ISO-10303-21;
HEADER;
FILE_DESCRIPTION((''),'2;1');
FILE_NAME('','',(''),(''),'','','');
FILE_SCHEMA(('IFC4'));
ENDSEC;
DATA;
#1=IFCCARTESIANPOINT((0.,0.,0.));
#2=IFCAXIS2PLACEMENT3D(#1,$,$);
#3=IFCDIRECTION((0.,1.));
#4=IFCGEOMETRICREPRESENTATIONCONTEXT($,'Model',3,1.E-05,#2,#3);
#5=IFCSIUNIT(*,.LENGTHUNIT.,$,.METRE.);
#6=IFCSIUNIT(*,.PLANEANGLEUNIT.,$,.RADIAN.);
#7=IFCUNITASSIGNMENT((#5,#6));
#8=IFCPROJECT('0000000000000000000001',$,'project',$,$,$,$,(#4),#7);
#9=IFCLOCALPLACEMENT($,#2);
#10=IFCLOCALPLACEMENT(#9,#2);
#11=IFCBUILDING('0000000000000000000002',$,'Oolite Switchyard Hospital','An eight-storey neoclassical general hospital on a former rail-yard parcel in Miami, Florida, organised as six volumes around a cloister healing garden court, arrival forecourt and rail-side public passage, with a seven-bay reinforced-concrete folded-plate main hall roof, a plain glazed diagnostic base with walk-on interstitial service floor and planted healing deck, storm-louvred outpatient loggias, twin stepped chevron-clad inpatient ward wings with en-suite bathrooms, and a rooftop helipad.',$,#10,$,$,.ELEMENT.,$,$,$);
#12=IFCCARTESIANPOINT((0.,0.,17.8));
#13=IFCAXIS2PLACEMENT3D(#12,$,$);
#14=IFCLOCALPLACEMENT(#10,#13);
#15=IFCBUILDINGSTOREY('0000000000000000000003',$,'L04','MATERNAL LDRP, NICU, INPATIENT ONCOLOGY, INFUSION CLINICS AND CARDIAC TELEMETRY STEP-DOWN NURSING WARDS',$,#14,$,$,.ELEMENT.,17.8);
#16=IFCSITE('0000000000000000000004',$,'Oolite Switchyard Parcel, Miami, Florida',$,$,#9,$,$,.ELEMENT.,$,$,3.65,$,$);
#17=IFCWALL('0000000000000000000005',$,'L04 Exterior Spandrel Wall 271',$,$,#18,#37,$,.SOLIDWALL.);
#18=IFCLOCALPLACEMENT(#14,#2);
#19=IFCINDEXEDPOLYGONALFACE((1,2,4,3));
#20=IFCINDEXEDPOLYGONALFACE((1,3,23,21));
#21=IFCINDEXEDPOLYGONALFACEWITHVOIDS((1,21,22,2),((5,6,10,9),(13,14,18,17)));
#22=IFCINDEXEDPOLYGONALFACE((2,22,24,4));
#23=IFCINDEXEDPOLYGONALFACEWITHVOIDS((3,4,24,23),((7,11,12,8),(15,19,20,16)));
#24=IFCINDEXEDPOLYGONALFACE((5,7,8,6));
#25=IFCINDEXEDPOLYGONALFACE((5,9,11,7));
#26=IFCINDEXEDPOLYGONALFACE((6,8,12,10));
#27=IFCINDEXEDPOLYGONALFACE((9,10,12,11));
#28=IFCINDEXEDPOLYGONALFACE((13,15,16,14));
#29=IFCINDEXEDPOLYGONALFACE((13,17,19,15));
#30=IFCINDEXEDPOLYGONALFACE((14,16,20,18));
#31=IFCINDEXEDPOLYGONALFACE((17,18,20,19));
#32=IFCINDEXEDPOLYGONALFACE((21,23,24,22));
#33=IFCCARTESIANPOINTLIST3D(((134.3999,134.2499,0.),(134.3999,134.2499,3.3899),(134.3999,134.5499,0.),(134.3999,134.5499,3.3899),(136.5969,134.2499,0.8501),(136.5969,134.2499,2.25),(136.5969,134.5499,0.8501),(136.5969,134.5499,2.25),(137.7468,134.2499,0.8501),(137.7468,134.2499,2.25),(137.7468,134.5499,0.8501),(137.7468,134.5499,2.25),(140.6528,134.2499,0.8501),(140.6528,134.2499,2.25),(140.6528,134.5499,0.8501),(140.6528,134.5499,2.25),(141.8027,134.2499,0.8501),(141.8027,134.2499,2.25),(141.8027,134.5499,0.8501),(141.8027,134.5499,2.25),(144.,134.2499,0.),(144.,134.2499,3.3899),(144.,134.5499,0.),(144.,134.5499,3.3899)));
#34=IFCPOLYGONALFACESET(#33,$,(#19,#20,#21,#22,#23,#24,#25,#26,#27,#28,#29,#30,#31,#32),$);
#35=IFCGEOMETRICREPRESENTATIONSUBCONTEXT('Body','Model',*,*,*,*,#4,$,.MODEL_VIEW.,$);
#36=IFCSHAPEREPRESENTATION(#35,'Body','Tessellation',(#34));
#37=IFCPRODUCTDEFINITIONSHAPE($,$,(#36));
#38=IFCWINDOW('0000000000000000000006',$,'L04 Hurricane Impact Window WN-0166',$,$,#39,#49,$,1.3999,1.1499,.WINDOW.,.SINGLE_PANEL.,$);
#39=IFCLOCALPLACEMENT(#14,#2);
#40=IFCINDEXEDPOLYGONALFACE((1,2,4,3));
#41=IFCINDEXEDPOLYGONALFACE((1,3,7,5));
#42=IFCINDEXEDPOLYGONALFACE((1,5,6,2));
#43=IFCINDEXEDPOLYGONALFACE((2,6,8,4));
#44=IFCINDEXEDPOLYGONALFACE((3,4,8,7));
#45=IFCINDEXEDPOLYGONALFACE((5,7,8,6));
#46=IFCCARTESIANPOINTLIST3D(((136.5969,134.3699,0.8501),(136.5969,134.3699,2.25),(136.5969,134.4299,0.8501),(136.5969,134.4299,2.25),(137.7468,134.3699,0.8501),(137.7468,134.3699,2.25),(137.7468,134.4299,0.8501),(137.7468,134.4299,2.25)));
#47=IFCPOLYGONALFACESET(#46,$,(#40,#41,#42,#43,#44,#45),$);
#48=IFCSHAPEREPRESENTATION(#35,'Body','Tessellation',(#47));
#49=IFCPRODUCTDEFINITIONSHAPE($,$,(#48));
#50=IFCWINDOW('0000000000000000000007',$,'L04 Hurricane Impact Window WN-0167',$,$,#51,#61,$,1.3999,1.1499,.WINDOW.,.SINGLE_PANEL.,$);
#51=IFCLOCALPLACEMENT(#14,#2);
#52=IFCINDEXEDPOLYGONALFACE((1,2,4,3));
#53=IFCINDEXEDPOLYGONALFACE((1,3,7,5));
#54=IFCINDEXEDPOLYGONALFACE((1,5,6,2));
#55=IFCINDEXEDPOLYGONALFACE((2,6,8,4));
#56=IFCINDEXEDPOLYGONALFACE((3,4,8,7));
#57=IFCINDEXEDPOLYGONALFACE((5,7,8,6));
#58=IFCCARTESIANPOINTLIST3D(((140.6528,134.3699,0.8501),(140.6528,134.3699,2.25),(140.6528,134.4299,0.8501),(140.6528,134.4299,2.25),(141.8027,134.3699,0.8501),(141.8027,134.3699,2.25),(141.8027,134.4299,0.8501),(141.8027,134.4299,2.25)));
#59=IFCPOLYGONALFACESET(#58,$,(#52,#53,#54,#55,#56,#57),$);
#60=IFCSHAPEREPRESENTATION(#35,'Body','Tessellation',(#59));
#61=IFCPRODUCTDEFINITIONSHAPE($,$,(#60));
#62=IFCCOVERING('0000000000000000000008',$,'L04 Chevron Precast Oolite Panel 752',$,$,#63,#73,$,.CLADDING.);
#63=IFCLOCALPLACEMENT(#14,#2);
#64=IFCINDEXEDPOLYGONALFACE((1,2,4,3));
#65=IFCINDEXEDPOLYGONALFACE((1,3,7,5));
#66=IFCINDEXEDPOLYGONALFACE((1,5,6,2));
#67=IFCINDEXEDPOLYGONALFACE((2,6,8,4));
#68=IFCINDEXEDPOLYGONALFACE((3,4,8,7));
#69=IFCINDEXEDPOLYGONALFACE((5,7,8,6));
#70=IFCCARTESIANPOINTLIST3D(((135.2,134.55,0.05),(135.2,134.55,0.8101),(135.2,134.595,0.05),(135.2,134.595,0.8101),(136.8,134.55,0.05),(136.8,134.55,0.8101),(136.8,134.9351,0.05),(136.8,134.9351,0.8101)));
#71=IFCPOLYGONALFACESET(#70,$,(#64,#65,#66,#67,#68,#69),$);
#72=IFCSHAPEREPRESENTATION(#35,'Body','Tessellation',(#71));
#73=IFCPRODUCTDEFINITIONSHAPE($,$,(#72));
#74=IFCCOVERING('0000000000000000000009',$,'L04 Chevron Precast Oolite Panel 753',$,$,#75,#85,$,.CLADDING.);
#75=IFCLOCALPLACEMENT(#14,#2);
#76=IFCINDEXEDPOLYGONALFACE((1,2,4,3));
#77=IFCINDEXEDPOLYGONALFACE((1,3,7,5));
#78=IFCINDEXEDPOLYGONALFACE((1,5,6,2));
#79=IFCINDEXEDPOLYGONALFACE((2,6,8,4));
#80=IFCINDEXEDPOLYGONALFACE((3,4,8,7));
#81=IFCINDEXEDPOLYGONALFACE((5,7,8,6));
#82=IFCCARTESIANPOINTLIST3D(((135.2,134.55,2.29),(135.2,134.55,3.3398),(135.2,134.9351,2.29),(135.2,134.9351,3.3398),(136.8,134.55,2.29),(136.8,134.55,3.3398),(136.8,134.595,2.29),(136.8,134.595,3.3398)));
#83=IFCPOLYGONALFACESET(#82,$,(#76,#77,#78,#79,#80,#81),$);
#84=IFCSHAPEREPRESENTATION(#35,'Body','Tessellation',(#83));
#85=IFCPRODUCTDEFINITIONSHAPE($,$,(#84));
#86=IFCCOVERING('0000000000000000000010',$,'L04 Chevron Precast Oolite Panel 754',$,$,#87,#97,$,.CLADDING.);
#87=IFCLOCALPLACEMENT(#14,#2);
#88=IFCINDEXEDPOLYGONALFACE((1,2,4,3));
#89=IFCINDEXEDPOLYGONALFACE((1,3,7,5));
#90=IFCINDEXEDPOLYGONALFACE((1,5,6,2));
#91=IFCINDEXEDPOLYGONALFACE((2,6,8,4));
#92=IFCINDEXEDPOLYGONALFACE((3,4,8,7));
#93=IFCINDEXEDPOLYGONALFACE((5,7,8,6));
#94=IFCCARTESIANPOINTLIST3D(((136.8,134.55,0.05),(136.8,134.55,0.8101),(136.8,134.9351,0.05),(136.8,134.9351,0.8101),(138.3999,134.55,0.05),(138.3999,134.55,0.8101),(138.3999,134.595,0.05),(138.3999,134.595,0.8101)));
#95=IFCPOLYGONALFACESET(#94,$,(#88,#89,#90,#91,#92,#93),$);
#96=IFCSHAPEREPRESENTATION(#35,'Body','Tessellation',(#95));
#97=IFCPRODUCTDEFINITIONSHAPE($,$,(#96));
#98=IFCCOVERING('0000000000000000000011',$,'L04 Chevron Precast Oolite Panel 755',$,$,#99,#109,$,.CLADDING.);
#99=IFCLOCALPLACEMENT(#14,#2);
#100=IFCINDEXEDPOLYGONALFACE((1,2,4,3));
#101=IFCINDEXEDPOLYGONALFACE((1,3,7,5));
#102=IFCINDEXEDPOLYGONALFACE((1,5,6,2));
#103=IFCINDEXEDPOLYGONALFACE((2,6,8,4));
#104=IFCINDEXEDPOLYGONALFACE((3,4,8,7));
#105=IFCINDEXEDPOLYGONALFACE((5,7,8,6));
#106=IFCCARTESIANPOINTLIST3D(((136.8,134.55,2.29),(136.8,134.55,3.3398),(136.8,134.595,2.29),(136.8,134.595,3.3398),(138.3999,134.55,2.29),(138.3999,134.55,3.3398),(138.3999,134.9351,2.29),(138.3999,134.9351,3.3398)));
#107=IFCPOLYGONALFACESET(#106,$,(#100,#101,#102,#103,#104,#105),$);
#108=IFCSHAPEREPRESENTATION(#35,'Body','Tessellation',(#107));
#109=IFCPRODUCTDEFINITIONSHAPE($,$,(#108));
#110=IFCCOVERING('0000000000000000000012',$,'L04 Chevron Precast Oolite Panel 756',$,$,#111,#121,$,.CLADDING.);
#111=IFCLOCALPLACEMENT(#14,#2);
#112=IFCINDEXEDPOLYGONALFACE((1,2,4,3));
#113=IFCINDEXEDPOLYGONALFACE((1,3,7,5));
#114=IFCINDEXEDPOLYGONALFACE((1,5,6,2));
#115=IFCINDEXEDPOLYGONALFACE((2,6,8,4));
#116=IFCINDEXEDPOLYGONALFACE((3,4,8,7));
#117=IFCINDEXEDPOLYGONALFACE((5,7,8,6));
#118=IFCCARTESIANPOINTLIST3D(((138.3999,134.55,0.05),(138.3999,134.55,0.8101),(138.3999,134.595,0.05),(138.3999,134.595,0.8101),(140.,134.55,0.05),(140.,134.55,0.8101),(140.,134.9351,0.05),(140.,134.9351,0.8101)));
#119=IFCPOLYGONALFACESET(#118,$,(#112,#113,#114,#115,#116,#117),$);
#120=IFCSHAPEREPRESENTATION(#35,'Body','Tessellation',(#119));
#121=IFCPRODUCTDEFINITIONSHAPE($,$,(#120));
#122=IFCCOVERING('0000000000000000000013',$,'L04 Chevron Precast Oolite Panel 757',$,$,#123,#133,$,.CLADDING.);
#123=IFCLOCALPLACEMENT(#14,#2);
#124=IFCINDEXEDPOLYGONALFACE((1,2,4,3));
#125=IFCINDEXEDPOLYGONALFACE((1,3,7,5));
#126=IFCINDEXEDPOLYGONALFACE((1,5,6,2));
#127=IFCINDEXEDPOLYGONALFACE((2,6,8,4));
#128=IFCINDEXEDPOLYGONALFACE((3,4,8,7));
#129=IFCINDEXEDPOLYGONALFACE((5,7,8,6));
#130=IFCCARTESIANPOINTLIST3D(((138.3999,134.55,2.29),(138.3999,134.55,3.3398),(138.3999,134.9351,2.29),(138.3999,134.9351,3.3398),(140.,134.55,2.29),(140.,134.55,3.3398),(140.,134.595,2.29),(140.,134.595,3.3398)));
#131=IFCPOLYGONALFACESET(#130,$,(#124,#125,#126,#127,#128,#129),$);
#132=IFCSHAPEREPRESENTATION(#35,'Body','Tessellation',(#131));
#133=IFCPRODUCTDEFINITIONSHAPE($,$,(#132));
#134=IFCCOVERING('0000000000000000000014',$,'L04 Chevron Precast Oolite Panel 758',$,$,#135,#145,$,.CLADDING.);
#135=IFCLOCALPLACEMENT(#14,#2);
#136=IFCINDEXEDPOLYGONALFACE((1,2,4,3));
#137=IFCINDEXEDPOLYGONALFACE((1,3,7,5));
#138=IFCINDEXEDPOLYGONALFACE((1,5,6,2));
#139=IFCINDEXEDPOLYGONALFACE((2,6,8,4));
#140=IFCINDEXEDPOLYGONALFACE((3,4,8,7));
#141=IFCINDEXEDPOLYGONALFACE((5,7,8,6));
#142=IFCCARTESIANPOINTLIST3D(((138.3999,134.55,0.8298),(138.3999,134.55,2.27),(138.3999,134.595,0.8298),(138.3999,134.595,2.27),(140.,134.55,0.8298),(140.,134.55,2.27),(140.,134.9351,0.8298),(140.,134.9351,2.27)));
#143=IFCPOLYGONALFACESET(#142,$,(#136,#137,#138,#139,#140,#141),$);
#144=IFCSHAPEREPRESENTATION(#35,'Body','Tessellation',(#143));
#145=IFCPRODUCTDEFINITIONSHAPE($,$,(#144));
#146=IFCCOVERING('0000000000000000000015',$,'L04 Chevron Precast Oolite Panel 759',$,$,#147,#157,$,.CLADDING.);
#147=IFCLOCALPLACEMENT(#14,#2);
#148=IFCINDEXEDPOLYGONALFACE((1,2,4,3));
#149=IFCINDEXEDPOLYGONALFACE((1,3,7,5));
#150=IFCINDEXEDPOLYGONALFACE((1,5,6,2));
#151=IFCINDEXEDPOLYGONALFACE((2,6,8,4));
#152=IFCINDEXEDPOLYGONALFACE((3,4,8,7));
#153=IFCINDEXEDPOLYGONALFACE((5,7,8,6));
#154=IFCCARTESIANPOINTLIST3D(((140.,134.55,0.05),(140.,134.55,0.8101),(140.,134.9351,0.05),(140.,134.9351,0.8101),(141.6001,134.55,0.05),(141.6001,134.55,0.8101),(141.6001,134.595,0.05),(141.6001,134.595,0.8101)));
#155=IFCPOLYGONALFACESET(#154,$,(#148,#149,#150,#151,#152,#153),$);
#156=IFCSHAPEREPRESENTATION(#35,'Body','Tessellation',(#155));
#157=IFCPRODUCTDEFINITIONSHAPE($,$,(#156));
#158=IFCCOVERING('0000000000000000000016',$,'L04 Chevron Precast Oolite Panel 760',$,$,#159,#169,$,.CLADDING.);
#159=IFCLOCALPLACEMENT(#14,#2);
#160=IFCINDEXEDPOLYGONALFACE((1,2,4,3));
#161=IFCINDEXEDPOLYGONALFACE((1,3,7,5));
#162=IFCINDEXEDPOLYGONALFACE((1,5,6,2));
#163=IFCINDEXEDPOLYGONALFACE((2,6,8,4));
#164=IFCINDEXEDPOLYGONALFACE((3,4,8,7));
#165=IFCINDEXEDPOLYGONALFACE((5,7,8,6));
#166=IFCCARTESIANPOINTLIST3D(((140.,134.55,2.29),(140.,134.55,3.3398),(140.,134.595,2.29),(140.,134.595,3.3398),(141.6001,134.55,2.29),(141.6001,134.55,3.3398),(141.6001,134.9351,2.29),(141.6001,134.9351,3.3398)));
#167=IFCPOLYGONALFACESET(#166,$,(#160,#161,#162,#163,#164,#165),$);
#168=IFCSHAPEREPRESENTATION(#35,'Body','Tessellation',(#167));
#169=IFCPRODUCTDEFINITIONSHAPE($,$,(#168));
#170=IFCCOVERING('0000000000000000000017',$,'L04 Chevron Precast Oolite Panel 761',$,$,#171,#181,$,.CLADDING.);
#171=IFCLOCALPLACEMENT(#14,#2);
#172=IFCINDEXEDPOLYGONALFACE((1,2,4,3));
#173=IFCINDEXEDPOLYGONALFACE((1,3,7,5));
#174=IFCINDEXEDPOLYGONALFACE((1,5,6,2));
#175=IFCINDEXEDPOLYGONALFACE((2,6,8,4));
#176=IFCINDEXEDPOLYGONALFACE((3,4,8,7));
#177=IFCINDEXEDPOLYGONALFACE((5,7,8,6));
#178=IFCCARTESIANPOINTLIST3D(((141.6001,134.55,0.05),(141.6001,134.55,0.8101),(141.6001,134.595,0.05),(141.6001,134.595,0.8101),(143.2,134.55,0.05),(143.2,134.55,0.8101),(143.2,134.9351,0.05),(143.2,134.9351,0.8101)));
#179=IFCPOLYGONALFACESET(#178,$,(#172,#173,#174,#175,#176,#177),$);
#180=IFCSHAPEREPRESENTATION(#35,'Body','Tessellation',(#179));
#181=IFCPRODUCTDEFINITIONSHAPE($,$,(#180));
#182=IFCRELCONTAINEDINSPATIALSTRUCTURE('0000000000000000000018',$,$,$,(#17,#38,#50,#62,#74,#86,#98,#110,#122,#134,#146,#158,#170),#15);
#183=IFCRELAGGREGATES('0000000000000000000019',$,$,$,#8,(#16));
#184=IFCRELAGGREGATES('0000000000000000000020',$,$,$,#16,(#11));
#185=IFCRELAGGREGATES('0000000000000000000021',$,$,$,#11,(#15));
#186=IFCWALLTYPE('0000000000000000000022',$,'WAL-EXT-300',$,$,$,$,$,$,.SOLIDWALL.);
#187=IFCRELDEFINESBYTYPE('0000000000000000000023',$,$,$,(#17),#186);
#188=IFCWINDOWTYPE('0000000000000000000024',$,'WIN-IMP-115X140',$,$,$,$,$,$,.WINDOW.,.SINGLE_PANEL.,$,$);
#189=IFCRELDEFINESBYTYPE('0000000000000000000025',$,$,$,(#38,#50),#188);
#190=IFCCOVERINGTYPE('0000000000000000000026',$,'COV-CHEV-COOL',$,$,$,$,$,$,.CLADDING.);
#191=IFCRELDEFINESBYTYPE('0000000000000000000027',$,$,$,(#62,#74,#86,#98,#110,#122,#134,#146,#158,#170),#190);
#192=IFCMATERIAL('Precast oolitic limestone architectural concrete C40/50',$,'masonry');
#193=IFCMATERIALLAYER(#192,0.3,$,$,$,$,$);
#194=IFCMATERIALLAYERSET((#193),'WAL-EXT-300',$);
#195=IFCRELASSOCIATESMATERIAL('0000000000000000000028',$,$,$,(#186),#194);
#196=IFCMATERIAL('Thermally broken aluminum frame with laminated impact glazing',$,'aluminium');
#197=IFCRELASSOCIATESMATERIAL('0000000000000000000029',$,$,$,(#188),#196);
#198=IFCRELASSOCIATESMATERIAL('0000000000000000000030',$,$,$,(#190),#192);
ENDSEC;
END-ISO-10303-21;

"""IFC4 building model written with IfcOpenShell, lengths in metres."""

from ifc_helpers import new_model, si_unit, direction, frame, frame_2d, origin, place, context, subcontext, project, spatial, polyline, rectangle, outline, extrude, material, layer, layer_set, type_object, element, fill, save


model = new_model("IFC4")

# Units and contexts
model_context = context("Model", 3, precision=1e-05, world=origin(), true_north=direction((0.0, 1.0)))
body_context = subcontext(model_context, "Body", "Model", "MODEL_VIEW")
ifc_project = project(units=[si_unit("LENGTHUNIT", "METRE"), si_unit("PLANEANGLEUNIT", "RADIAN")], contexts=[model_context])

# Site, building, storey
site_placement = place(None, origin())
site = spatial("IfcSite", under=ifc_project, at=site_placement, Name="Oolite Switchyard Parcel, Miami, Florida", CompositionType="ELEMENT", RefElevation=3.65)
building_placement = place(site_placement, origin())
building = spatial("IfcBuilding", under=site, at=building_placement, Name="Oolite Switchyard Hospital", Description="An eight-storey neoclassical general hospital on a former rail-yard parcel in Miami, Florida, organised as six volumes around a cloister healing garden court, arrival forecourt and rail-side public passage, with a seven-bay reinforced-concrete folded-plate main hall roof, a plain glazed diagnostic base with walk-on interstitial service floor and planted healing deck, storm-louvred outpatient loggias, twin stepped chevron-clad inpatient ward wings with en-suite bathrooms, and a rooftop helipad.", CompositionType="ELEMENT")
storey_placement = place(building_placement, frame((0.0, 0.0, 17.8)))
storey = spatial("IfcBuildingStorey", under=building, at=storey_placement, Name="L04", Description="MATERNAL LDRP, NICU, INPATIENT ONCOLOGY, INFUSION CLINICS AND CARDIAC TELEMETRY STEP-DOWN NURSING WARDS", CompositionType="ELEMENT", Elevation=17.8)

# Wall, openings, windows
ifc_material_1 = material(Name="Precast oolitic limestone architectural concrete C40/50", Category="masonry")
ifc_layer = layer(ifc_material_1, 0.3)
ifc_layer_set = layer_set([ifc_layer], Name="WAL-EXT-300")
wall_type = type_object("IfcWallType", Name="WAL-EXT-300", PredefinedType="SOLIDWALL", material=ifc_layer_set)
wall_placement = place(storey_placement, frame((134.3999, 134.3999, 0.0), z_axis=(0.0, 0.0, 1.0), x_axis=(1.0, 0.0, 0.0)))
wall = element("IfcWall", 1, at=wall_placement, inside=storey, type_object=wall_type, Name="L04 Exterior Spandrel Wall 271", PredefinedType="SOLIDWALL", context=body_context, shape_type="SweptSolid", body=[
    extrude(rectangle(XDim=9.6001, YDim=0.3, at=frame_2d((4.8, 0.0))), origin(), (0.0, 0.0, 1.0), 3.3899),
])
opening_1_placement = place(wall_placement, frame((2.197, 0.0, 0.8501)))
opening_1 = element("IfcOpeningElement", 2, at=opening_1_placement, cuts=wall, PredefinedType="OPENING", context=body_context, shape_type="SweptSolid", body=[
    extrude(rectangle(XDim=1.1499, YDim=1.3999, at=frame_2d((0.575, 0.7))), frame((0.0, 0.1602, 0.0), z_axis=(0.0, -1.0, 0.0), x_axis=(1.0, 0.0, 0.0)), (0.0, 0.0, 1.0), 0.3201),
])
opening_2_placement = place(wall_placement, frame((6.2529, 0.0, 0.8501)))
opening_2 = element("IfcOpeningElement", 3, at=opening_2_placement, cuts=wall, PredefinedType="OPENING", context=body_context, shape_type="SweptSolid", body=[
    extrude(rectangle(XDim=1.1499, YDim=1.3999, at=frame_2d((0.575, 0.7))), frame((0.0, 0.1602, 0.0), z_axis=(0.0, -1.0, 0.0), x_axis=(1.0, 0.0, 0.0)), (0.0, 0.0, 1.0), 0.3201),
])
ifc_material_2 = material(Name="Thermally broken aluminum frame with laminated impact glazing", Category="aluminium")
window_type = type_object("IfcWindowType", Name="WIN-IMP-115X140", PartitioningType="SINGLE_PANEL", PredefinedType="WINDOW", material=ifc_material_2)
window_1_placement = place(opening_1_placement, origin())
window_1 = element("IfcWindow", 4, at=window_1_placement, inside=storey, type_object=window_type, Name="L04 Hurricane Impact Window WN-0166", OverallHeight=1.3999, OverallWidth=1.1499, PartitioningType="SINGLE_PANEL", PredefinedType="WINDOW", context=body_context, shape_type="SweptSolid", body=[
    extrude(rectangle(XDim=1.1499, YDim=1.3999, at=frame_2d((0.575, 0.7))), frame((0.0, 0.03, 0.0), z_axis=(0.0, -1.0, 0.0), x_axis=(1.0, 0.0, 0.0)), (0.0, 0.0, 1.0), 0.0601),
])
fill(opening_1, window_1)
window_2_placement = place(opening_2_placement, origin())
window_2 = element("IfcWindow", 5, at=window_2_placement, inside=storey, type_object=window_type, Name="L04 Hurricane Impact Window WN-0167", OverallHeight=1.3999, OverallWidth=1.1499, PartitioningType="SINGLE_PANEL", PredefinedType="WINDOW", context=body_context, shape_type="SweptSolid", body=[
    extrude(rectangle(XDim=1.1499, YDim=1.3999, at=frame_2d((0.575, 0.7))), frame((0.0, 0.03, 0.0), z_axis=(0.0, -1.0, 0.0), x_axis=(1.0, 0.0, 0.0)), (0.0, 0.0, 1.0), 0.0601),
])
fill(opening_2, window_2)

# Coverings
covering_type = type_object("IfcCoveringType", Name="COV-CHEV-COOL", PredefinedType="CLADDING", material=ifc_material_1)
covering_1_placement = place(storey_placement, frame((135.2, 134.55, 0.05), z_axis=(0.0, 0.0, 1.0), x_axis=(1.0, 0.0, 0.0)))
element("IfcCovering", 6, at=covering_1_placement, inside=storey, type_object=covering_type, Name="L04 Chevron Precast Oolite Panel 752", PredefinedType="CLADDING", context=body_context, shape_type="SweptSolid", body=[
    extrude(outline(polyline([(0.0, 0.0), (1.6001, 0.0), (1.6001, 0.385), (0.0, 0.0449), (0.0, 0.0)])), origin(), (0.0, 0.0, 1.0), 0.76),
])
covering_2_placement = place(storey_placement, frame((135.2, 134.55, 2.29), z_axis=(0.0, 0.0, 1.0), x_axis=(1.0, 0.0, 0.0)))
element("IfcCovering", 7, at=covering_2_placement, inside=storey, type_object=covering_type, Name="L04 Chevron Precast Oolite Panel 753", PredefinedType="CLADDING", context=body_context, shape_type="SweptSolid", body=[
    extrude(outline(polyline([(0.0, 0.0), (1.6001, 0.0), (1.6001, 0.0449), (0.0, 0.385), (0.0, 0.0)])), origin(), (0.0, 0.0, 1.0), 1.0498),
])
covering_3_placement = place(storey_placement, frame((136.8, 134.55, 0.05), z_axis=(0.0, 0.0, 1.0), x_axis=(1.0, 0.0, 0.0)))
element("IfcCovering", 8, at=covering_3_placement, inside=storey, type_object=covering_type, Name="L04 Chevron Precast Oolite Panel 754", PredefinedType="CLADDING", context=body_context, shape_type="SweptSolid", body=[
    extrude(outline(polyline([(0.0, 0.0), (1.5999, 0.0), (1.5999, 0.0449), (0.0, 0.385), (0.0, 0.0)])), origin(), (0.0, 0.0, 1.0), 0.76),
])
covering_4_placement = place(storey_placement, frame((136.8, 134.55, 2.29), z_axis=(0.0, 0.0, 1.0), x_axis=(1.0, 0.0, 0.0)))
element("IfcCovering", 9, at=covering_4_placement, inside=storey, type_object=covering_type, Name="L04 Chevron Precast Oolite Panel 755", PredefinedType="CLADDING", context=body_context, shape_type="SweptSolid", body=[
    extrude(outline(polyline([(0.0, 0.0), (1.5999, 0.0), (1.5999, 0.385), (0.0, 0.0449), (0.0, 0.0)])), origin(), (0.0, 0.0, 1.0), 1.0498),
])
covering_5_placement = place(storey_placement, frame((138.3999, 134.55, 0.05), z_axis=(0.0, 0.0, 1.0), x_axis=(1.0, 0.0, 0.0)))
element("IfcCovering", 10, at=covering_5_placement, inside=storey, type_object=covering_type, Name="L04 Chevron Precast Oolite Panel 756", PredefinedType="CLADDING", context=body_context, shape_type="SweptSolid", body=[
    extrude(outline(polyline([(0.0, 0.0), (1.6001, 0.0), (1.6001, 0.385), (0.0, 0.0449), (0.0, 0.0)])), origin(), (0.0, 0.0, 1.0), 0.76),
])
covering_6_placement = place(storey_placement, frame((138.3999, 134.55, 2.29), z_axis=(0.0, 0.0, 1.0), x_axis=(1.0, 0.0, 0.0)))
element("IfcCovering", 11, at=covering_6_placement, inside=storey, type_object=covering_type, Name="L04 Chevron Precast Oolite Panel 757", PredefinedType="CLADDING", context=body_context, shape_type="SweptSolid", body=[
    extrude(outline(polyline([(0.0, 0.0), (1.6001, 0.0), (1.6001, 0.0449), (0.0, 0.385), (0.0, 0.0)])), origin(), (0.0, 0.0, 1.0), 1.0498),
])
covering_7_placement = place(storey_placement, frame((138.3999, 134.55, 0.8298), z_axis=(0.0, 0.0, 1.0), x_axis=(1.0, 0.0, 0.0)))
element("IfcCovering", 12, at=covering_7_placement, inside=storey, type_object=covering_type, Name="L04 Chevron Precast Oolite Panel 758", PredefinedType="CLADDING", context=body_context, shape_type="SweptSolid", body=[
    extrude(outline(polyline([(0.0, 0.0), (1.6001, 0.0), (1.6001, 0.385), (0.0, 0.0449), (0.0, 0.0)])), origin(), (0.0, 0.0, 1.0), 1.4402),
])
covering_8_placement = place(storey_placement, frame((140.0, 134.55, 0.05), z_axis=(0.0, 0.0, 1.0), x_axis=(1.0, 0.0, 0.0)))
element("IfcCovering", 13, at=covering_8_placement, inside=storey, type_object=covering_type, Name="L04 Chevron Precast Oolite Panel 759", PredefinedType="CLADDING", context=body_context, shape_type="SweptSolid", body=[
    extrude(outline(polyline([(0.0, 0.0), (1.6001, 0.0), (1.6001, 0.0449), (0.0, 0.385), (0.0, 0.0)])), origin(), (0.0, 0.0, 1.0), 0.76),
])
covering_9_placement = place(storey_placement, frame((140.0, 134.55, 2.29), z_axis=(0.0, 0.0, 1.0), x_axis=(1.0, 0.0, 0.0)))
element("IfcCovering", 14, at=covering_9_placement, inside=storey, type_object=covering_type, Name="L04 Chevron Precast Oolite Panel 760", PredefinedType="CLADDING", context=body_context, shape_type="SweptSolid", body=[
    extrude(outline(polyline([(0.0, 0.0), (1.6001, 0.0), (1.6001, 0.385), (0.0, 0.0449), (0.0, 0.0)])), origin(), (0.0, 0.0, 1.0), 1.0498),
])
covering_10_placement = place(storey_placement, frame((141.6001, 134.55, 0.05), z_axis=(0.0, 0.0, 1.0), x_axis=(1.0, 0.0, 0.0)))
element("IfcCovering", 15, at=covering_10_placement, inside=storey, type_object=covering_type, Name="L04 Chevron Precast Oolite Panel 761", PredefinedType="CLADDING", context=body_context, shape_type="SweptSolid", body=[
    extrude(outline(polyline([(0.0, 0.0), (1.5999, 0.0), (1.5999, 0.385), (0.0, 0.0449), (0.0, 0.0)])), origin(), (0.0, 0.0, 1.0), 0.76),
])

save(model, "model.ifc")
